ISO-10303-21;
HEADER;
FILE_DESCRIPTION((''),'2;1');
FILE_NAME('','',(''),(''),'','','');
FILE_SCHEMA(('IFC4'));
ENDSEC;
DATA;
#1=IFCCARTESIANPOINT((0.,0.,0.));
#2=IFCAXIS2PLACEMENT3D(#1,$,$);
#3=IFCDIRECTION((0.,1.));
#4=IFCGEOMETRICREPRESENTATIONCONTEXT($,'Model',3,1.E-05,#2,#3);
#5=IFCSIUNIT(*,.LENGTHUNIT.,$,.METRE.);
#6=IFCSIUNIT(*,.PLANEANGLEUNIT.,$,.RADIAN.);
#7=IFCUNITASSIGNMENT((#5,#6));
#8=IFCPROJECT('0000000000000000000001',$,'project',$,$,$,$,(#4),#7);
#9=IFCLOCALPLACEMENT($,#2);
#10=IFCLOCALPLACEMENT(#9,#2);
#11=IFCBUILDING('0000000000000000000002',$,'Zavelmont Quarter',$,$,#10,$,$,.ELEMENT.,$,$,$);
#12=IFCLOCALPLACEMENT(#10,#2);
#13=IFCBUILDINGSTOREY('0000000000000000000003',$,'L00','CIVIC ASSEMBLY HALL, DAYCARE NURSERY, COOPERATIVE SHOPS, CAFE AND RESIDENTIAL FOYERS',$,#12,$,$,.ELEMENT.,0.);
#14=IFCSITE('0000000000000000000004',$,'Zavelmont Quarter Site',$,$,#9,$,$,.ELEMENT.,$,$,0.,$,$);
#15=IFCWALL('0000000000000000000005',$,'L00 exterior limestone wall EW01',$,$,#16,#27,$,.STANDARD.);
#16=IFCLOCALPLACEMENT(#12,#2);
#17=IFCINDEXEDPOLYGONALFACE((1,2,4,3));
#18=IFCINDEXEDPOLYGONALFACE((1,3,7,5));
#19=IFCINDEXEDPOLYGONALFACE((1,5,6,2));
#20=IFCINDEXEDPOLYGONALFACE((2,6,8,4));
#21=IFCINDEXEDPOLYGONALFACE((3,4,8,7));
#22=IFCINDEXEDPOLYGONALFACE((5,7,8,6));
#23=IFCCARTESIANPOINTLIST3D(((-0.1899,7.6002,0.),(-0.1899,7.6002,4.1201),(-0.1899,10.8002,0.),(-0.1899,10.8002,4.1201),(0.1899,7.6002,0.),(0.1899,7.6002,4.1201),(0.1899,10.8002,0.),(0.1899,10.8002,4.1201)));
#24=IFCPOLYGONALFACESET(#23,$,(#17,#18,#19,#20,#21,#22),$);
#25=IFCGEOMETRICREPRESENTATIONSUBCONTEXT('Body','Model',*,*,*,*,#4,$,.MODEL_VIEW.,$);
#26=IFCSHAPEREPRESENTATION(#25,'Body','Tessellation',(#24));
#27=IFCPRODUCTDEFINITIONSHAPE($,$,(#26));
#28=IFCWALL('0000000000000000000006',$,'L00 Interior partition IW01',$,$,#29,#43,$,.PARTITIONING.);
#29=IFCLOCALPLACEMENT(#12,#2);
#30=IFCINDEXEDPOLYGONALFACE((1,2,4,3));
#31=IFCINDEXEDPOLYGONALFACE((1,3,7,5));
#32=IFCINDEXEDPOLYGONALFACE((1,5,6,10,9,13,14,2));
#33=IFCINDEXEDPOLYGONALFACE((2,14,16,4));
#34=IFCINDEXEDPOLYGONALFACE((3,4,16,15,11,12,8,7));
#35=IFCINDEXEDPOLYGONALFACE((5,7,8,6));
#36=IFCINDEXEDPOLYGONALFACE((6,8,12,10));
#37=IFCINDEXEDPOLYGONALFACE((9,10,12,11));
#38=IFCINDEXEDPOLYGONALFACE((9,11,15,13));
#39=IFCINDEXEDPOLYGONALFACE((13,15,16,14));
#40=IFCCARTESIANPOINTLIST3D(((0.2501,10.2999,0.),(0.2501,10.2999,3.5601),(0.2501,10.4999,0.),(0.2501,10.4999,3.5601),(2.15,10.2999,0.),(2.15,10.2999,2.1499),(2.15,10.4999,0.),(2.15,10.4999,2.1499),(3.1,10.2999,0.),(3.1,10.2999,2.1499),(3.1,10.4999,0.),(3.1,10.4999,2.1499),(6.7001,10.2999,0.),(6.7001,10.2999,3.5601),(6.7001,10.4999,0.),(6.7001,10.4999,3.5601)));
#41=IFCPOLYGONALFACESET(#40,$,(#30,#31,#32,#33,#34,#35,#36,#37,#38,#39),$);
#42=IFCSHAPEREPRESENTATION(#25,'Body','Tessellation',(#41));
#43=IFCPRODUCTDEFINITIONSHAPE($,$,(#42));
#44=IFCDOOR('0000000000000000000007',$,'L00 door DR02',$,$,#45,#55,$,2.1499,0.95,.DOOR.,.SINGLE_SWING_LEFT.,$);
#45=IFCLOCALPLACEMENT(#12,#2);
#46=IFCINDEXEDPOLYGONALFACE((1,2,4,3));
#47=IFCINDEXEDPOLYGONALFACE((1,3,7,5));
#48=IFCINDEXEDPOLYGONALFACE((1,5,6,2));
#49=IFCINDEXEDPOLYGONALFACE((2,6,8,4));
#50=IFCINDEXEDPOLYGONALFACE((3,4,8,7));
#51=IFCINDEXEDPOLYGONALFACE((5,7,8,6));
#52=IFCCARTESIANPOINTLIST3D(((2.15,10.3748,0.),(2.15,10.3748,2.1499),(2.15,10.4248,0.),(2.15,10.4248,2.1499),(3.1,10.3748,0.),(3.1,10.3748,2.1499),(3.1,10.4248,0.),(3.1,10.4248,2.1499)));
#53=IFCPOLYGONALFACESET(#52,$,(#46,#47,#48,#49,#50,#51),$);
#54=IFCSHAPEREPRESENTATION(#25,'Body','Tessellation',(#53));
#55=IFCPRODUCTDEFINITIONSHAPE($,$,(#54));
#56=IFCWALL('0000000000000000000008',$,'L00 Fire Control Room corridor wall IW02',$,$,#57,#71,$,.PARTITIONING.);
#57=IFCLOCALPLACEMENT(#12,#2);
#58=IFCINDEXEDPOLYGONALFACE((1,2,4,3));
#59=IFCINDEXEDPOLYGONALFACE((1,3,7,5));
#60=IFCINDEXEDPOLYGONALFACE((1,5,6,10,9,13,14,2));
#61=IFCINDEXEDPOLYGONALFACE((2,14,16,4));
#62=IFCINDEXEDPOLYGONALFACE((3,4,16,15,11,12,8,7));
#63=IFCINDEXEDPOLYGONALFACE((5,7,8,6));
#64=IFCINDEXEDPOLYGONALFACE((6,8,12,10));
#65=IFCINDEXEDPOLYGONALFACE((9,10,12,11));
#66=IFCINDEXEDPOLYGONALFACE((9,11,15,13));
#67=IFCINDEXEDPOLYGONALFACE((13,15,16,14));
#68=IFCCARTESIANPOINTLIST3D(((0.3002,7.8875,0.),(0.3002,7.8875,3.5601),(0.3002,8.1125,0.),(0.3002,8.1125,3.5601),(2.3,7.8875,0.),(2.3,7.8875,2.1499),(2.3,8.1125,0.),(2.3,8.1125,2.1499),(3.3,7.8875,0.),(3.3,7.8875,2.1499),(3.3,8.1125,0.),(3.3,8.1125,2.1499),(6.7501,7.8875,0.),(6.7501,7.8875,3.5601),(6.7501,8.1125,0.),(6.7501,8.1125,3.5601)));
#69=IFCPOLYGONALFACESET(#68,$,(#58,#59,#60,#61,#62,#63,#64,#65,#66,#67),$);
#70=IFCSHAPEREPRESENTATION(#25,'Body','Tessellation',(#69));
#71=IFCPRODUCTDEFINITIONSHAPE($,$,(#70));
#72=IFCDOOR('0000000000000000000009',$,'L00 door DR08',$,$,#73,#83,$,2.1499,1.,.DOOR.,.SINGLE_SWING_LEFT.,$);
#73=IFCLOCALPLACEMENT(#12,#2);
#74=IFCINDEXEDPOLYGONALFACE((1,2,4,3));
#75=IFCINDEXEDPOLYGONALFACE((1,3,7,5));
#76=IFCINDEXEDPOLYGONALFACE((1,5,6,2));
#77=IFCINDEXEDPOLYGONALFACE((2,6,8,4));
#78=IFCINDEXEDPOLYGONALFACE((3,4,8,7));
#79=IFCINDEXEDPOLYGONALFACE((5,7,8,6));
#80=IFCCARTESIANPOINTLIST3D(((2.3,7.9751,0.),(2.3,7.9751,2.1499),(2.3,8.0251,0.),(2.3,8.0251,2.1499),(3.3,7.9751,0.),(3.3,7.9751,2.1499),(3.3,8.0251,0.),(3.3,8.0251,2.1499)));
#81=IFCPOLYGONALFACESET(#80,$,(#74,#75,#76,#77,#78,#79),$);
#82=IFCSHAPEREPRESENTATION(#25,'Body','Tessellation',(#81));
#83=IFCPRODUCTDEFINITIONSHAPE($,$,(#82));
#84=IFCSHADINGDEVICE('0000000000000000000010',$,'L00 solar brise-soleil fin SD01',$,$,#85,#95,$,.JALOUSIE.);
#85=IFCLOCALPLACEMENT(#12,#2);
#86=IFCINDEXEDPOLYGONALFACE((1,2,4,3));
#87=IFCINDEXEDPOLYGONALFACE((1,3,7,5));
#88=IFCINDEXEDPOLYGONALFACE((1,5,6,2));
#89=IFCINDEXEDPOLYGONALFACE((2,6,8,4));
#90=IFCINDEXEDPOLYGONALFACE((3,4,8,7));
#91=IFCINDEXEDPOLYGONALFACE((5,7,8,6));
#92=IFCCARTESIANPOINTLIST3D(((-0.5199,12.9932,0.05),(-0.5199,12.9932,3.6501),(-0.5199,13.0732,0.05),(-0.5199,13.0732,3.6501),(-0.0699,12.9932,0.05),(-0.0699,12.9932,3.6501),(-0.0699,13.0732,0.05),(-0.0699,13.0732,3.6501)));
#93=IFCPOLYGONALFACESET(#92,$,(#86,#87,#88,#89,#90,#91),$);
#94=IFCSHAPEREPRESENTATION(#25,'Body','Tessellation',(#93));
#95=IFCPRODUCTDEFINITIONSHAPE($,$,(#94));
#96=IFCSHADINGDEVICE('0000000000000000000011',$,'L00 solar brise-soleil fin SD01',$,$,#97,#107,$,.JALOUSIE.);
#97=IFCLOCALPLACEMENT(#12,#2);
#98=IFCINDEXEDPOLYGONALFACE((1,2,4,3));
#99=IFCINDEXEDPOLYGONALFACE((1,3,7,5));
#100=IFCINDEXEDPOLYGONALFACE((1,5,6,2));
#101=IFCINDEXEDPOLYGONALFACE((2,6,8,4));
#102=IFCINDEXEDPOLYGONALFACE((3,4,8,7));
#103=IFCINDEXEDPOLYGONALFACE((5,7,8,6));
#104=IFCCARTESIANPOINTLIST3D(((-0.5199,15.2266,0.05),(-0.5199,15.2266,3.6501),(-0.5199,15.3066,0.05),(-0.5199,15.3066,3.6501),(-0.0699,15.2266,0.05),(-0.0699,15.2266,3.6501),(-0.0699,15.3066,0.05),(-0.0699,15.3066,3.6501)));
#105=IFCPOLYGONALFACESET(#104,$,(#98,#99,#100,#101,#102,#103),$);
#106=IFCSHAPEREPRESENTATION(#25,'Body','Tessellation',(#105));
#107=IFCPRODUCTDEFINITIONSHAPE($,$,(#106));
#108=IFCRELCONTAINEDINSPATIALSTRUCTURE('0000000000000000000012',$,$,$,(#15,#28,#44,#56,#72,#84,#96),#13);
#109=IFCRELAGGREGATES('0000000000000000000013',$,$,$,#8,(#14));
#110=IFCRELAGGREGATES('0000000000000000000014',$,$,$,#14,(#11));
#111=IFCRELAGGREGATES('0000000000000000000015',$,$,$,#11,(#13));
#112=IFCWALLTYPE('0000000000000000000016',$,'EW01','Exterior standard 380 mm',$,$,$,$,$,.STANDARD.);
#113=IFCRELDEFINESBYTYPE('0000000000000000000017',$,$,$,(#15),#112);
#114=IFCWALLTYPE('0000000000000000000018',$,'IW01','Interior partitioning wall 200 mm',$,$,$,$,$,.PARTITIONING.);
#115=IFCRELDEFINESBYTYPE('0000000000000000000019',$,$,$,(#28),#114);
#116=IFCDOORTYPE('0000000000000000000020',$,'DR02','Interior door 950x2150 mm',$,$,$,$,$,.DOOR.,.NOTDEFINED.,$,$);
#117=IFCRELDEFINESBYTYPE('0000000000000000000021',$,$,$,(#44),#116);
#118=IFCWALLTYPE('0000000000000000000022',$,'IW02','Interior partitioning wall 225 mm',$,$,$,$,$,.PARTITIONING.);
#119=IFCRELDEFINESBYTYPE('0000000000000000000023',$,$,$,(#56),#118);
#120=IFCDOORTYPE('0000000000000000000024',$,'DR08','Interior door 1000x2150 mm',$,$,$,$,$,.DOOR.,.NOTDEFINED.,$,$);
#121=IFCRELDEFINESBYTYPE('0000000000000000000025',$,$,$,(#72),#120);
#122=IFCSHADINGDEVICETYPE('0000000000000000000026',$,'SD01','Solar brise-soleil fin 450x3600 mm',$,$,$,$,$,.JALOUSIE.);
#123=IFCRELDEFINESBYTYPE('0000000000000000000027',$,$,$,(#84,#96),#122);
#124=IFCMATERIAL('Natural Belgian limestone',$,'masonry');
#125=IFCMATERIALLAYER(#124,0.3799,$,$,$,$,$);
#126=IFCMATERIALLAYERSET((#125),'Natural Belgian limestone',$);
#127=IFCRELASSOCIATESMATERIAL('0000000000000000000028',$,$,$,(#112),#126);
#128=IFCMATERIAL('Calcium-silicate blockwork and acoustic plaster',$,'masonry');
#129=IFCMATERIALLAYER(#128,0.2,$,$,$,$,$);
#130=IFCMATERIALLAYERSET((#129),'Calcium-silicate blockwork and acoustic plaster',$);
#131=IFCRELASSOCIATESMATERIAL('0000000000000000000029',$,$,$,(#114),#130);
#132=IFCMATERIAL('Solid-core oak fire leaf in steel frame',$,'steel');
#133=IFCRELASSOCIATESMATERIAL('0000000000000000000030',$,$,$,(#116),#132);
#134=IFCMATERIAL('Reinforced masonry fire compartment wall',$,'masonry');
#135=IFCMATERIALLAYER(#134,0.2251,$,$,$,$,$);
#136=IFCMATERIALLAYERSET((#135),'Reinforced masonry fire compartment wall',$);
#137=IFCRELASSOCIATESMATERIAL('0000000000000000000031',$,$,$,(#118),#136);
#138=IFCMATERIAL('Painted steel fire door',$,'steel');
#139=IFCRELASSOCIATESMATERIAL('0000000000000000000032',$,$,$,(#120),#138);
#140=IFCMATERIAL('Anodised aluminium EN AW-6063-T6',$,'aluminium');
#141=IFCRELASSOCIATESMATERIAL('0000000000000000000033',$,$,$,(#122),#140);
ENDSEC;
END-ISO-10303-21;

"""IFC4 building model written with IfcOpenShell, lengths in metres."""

from ifc_helpers import new_model, si_unit, direction, frame, frame_2d, origin, origin_with_axes, origin_2d, place, context, subcontext, project, spatial, rectangle, extrude, material, layer, layer_set, type_object, element, fill, save


model = new_model("IFC4")

# Units and contexts
model_context = context("Model", 3, precision=1e-05, world=origin(), true_north=direction((0.0, 1.0)))
body_context = subcontext(model_context, "Body", "Model", "MODEL_VIEW")
ifc_project = project(units=[si_unit("LENGTHUNIT", "METRE"), si_unit("PLANEANGLEUNIT", "RADIAN")], contexts=[model_context])

# Site, building, storey
site_placement = place(None, origin())
site = spatial("IfcSite", under=ifc_project, at=site_placement, Name="Zavelmont Quarter Site", CompositionType="ELEMENT", RefElevation=0.0)
building_placement = place(site_placement, origin())
building = spatial("IfcBuilding", under=site, at=building_placement, Name="Zavelmont Quarter", CompositionType="ELEMENT")
storey_placement = place(building_placement, origin())
storey = spatial("IfcBuildingStorey", under=building, at=storey_placement, Name="L00", Description="CIVIC ASSEMBLY HALL, DAYCARE NURSERY, COOPERATIVE SHOPS, CAFE AND RESIDENTIAL FOYERS", CompositionType="ELEMENT", Elevation=0.0)

# Wall
ifc_material_1 = material(Name="Natural Belgian limestone", Category="masonry")
ifc_layer_1 = layer(ifc_material_1, 0.3799)
ifc_layer_set_1 = layer_set([ifc_layer_1], Name="Natural Belgian limestone")
wall_type_1 = type_object("IfcWallType", Name="EW01", Description="Exterior standard 380 mm", PredefinedType="STANDARD", material=ifc_layer_set_1)
wall_1_placement = place(storey_placement, frame((0.0, 7.6001, 0.0), z_axis=(0.0, 0.0, 1.0), x_axis=(0.0, 1.0, 0.0)))
element("IfcWall", 1, at=wall_1_placement, inside=storey, type_object=wall_type_1, Name="L00 exterior limestone wall EW01", PredefinedType="STANDARD", context=body_context, shape_type="SweptSolid", body=[
    extrude(rectangle(XDim=3.2, YDim=0.3799, at=frame_2d((1.6001, 0.0))), origin(), (0.0, 0.0, 1.0), 4.1201),
])

# Walls, openings, doors
ifc_material_2 = material(Name="Calcium-silicate blockwork and acoustic plaster", Category="masonry")
ifc_layer_2 = layer(ifc_material_2, 0.2)
ifc_layer_set_2 = layer_set([ifc_layer_2], Name="Calcium-silicate blockwork and acoustic plaster")
wall_type_2 = type_object("IfcWallType", Name="IW01", Description="Interior partitioning wall 200 mm", PredefinedType="PARTITIONING", material=ifc_layer_set_2)
wall_2_placement = place(storey_placement, frame((0.25, 10.3999, 0.0), z_axis=(0.0, 0.0, 1.0), x_axis=(1.0, 0.0, 0.0)))
wall_2 = element("IfcWall", 2, at=wall_2_placement, inside=storey, type_object=wall_type_2, Name="L00 Interior partition IW01", PredefinedType="PARTITIONING", context=body_context, shape_type="SweptSolid", body=[
    extrude(rectangle(XDim=6.45, YDim=0.2, at=frame_2d((3.2251, 0.0))), origin(), (0.0, 0.0, 1.0), 3.5601),
])
opening_1_placement = place(wall_2_placement, frame((1.8999, 0.0, 0.0)))
opening_1 = element("IfcOpeningElement", 3, at=opening_1_placement, cuts=wall_2, PredefinedType="OPENING", context=body_context, shape_type="SweptSolid", body=[
    extrude(rectangle(XDim=0.95, YDim=2.1499, at=frame_2d((0.4751, 1.075))), frame((0.0, 0.1118, 0.0), z_axis=(0.0, -1.0, 0.0), x_axis=(1.0, 0.0, 0.0)), (0.0, 0.0, 1.0), 0.2239),
])
ifc_material_3 = material(Name="Solid-core oak fire leaf in steel frame", Category="steel")
door_type_1 = type_object("IfcDoorType", Name="DR02", Description="Interior door 950x2150 mm", OperationType="NOTDEFINED", PredefinedType="DOOR", material=ifc_material_3)
door_1_placement = place(opening_1_placement, origin_with_axes())
door_1 = element("IfcDoor", 4, at=door_1_placement, inside=storey, type_object=door_type_1, Name="L00 door DR02", OperationType="SINGLE_SWING_LEFT", OverallHeight=2.1499, OverallWidth=0.95, PredefinedType="DOOR", context=body_context, shape_type="SweptSolid", body=[
    extrude(rectangle(XDim=0.95, YDim=2.1499, at=frame_2d((0.4751, 1.075))), frame((0.0, 0.0249, 0.0), z_axis=(0.0, -1.0, 0.0), x_axis=(1.0, 0.0, 0.0)), (0.0, 0.0, 1.0), 0.05),
])
fill(opening_1, door_1)
ifc_material_4 = material(Name="Reinforced masonry fire compartment wall", Category="masonry")
ifc_layer_3 = layer(ifc_material_4, 0.2251)
ifc_layer_set_3 = layer_set([ifc_layer_3], Name="Reinforced masonry fire compartment wall")
wall_type_3 = type_object("IfcWallType", Name="IW02", Description="Interior partitioning wall 225 mm", PredefinedType="PARTITIONING", material=ifc_layer_set_3)
wall_3_placement = place(storey_placement, frame((0.3, 8.0, 0.0), z_axis=(0.0, 0.0, 1.0), x_axis=(1.0, 0.0, 0.0)))
wall_3 = element("IfcWall", 5, at=wall_3_placement, inside=storey, type_object=wall_type_3, Name="L00 Fire Control Room corridor wall IW02", PredefinedType="PARTITIONING", context=body_context, shape_type="SweptSolid", body=[
    extrude(rectangle(XDim=6.45, YDim=0.2251, at=frame_2d((3.2251, 0.0))), origin(), (0.0, 0.0, 1.0), 3.5601),
])
opening_2_placement = place(wall_3_placement, frame((2.0, 0.0, 0.0)))
opening_2 = element("IfcOpeningElement", 6, at=opening_2_placement, cuts=wall_3, PredefinedType="OPENING", context=body_context, shape_type="SweptSolid", body=[
    extrude(rectangle(XDim=1.0, YDim=2.1499, at=frame_2d((0.5, 1.075))), frame((0.0, 0.1245, 0.0), z_axis=(0.0, -1.0, 0.0), x_axis=(1.0, 0.0, 0.0)), (0.0, 0.0, 1.0), 0.249),
])
ifc_material_5 = material(Name="Painted steel fire door", Category="steel")
door_type_2 = type_object("IfcDoorType", Name="DR08", Description="Interior door 1000x2150 mm", OperationType="NOTDEFINED", PredefinedType="DOOR", material=ifc_material_5)
door_2_placement = place(opening_2_placement, frame((1.0, 0.0, 0.0), z_axis=(0.0, 0.0, 1.0), x_axis=(-1.0, 0.0, 0.0)))
door_2 = element("IfcDoor", 7, at=door_2_placement, inside=storey, type_object=door_type_2, Name="L00 door DR08", OperationType="SINGLE_SWING_LEFT", OverallHeight=2.1499, OverallWidth=1.0, PredefinedType="DOOR", context=body_context, shape_type="SweptSolid", body=[
    extrude(rectangle(XDim=1.0, YDim=2.1499, at=frame_2d((0.5, 1.075))), frame((0.0, 0.0249, 0.0), z_axis=(0.0, -1.0, 0.0), x_axis=(1.0, 0.0, 0.0)), (0.0, 0.0, 1.0), 0.05),
])
fill(opening_2, door_2)

# Shading devices
ifc_material_6 = material(Name="Anodised aluminium EN AW-6063-T6", Category="aluminium")
shading_device_type = type_object("IfcShadingDeviceType", Name="SD01", Description="Solar brise-soleil fin 450x3600 mm", PredefinedType="JALOUSIE", material=ifc_material_6)
for number, where, z_axis, x_axis, name in (
    (8, (-0.2949, 13.0332, 0.05), (0.0, 0.0, 1.0), (0.0, 1.0, 0.0), "L00 solar brise-soleil fin SD01"),
    (9, (-0.2949, 15.2666, 0.05), (0.0, 0.0, 1.0), (0.0, 1.0, 0.0), "L00 solar brise-soleil fin SD01"),
):
    element("IfcShadingDevice", number, at=place(storey_placement, frame(where, z_axis=z_axis, x_axis=x_axis)), inside=storey, type_object=shading_device_type, Name=name, PredefinedType="JALOUSIE", context=body_context, shape_type="SweptSolid", body=[
        extrude(rectangle(XDim=0.0801, YDim=0.45, at=origin_2d()), origin(), (0.0, 0.0, 1.0), 3.6001),
    ])

save(model, "model.ifc")
